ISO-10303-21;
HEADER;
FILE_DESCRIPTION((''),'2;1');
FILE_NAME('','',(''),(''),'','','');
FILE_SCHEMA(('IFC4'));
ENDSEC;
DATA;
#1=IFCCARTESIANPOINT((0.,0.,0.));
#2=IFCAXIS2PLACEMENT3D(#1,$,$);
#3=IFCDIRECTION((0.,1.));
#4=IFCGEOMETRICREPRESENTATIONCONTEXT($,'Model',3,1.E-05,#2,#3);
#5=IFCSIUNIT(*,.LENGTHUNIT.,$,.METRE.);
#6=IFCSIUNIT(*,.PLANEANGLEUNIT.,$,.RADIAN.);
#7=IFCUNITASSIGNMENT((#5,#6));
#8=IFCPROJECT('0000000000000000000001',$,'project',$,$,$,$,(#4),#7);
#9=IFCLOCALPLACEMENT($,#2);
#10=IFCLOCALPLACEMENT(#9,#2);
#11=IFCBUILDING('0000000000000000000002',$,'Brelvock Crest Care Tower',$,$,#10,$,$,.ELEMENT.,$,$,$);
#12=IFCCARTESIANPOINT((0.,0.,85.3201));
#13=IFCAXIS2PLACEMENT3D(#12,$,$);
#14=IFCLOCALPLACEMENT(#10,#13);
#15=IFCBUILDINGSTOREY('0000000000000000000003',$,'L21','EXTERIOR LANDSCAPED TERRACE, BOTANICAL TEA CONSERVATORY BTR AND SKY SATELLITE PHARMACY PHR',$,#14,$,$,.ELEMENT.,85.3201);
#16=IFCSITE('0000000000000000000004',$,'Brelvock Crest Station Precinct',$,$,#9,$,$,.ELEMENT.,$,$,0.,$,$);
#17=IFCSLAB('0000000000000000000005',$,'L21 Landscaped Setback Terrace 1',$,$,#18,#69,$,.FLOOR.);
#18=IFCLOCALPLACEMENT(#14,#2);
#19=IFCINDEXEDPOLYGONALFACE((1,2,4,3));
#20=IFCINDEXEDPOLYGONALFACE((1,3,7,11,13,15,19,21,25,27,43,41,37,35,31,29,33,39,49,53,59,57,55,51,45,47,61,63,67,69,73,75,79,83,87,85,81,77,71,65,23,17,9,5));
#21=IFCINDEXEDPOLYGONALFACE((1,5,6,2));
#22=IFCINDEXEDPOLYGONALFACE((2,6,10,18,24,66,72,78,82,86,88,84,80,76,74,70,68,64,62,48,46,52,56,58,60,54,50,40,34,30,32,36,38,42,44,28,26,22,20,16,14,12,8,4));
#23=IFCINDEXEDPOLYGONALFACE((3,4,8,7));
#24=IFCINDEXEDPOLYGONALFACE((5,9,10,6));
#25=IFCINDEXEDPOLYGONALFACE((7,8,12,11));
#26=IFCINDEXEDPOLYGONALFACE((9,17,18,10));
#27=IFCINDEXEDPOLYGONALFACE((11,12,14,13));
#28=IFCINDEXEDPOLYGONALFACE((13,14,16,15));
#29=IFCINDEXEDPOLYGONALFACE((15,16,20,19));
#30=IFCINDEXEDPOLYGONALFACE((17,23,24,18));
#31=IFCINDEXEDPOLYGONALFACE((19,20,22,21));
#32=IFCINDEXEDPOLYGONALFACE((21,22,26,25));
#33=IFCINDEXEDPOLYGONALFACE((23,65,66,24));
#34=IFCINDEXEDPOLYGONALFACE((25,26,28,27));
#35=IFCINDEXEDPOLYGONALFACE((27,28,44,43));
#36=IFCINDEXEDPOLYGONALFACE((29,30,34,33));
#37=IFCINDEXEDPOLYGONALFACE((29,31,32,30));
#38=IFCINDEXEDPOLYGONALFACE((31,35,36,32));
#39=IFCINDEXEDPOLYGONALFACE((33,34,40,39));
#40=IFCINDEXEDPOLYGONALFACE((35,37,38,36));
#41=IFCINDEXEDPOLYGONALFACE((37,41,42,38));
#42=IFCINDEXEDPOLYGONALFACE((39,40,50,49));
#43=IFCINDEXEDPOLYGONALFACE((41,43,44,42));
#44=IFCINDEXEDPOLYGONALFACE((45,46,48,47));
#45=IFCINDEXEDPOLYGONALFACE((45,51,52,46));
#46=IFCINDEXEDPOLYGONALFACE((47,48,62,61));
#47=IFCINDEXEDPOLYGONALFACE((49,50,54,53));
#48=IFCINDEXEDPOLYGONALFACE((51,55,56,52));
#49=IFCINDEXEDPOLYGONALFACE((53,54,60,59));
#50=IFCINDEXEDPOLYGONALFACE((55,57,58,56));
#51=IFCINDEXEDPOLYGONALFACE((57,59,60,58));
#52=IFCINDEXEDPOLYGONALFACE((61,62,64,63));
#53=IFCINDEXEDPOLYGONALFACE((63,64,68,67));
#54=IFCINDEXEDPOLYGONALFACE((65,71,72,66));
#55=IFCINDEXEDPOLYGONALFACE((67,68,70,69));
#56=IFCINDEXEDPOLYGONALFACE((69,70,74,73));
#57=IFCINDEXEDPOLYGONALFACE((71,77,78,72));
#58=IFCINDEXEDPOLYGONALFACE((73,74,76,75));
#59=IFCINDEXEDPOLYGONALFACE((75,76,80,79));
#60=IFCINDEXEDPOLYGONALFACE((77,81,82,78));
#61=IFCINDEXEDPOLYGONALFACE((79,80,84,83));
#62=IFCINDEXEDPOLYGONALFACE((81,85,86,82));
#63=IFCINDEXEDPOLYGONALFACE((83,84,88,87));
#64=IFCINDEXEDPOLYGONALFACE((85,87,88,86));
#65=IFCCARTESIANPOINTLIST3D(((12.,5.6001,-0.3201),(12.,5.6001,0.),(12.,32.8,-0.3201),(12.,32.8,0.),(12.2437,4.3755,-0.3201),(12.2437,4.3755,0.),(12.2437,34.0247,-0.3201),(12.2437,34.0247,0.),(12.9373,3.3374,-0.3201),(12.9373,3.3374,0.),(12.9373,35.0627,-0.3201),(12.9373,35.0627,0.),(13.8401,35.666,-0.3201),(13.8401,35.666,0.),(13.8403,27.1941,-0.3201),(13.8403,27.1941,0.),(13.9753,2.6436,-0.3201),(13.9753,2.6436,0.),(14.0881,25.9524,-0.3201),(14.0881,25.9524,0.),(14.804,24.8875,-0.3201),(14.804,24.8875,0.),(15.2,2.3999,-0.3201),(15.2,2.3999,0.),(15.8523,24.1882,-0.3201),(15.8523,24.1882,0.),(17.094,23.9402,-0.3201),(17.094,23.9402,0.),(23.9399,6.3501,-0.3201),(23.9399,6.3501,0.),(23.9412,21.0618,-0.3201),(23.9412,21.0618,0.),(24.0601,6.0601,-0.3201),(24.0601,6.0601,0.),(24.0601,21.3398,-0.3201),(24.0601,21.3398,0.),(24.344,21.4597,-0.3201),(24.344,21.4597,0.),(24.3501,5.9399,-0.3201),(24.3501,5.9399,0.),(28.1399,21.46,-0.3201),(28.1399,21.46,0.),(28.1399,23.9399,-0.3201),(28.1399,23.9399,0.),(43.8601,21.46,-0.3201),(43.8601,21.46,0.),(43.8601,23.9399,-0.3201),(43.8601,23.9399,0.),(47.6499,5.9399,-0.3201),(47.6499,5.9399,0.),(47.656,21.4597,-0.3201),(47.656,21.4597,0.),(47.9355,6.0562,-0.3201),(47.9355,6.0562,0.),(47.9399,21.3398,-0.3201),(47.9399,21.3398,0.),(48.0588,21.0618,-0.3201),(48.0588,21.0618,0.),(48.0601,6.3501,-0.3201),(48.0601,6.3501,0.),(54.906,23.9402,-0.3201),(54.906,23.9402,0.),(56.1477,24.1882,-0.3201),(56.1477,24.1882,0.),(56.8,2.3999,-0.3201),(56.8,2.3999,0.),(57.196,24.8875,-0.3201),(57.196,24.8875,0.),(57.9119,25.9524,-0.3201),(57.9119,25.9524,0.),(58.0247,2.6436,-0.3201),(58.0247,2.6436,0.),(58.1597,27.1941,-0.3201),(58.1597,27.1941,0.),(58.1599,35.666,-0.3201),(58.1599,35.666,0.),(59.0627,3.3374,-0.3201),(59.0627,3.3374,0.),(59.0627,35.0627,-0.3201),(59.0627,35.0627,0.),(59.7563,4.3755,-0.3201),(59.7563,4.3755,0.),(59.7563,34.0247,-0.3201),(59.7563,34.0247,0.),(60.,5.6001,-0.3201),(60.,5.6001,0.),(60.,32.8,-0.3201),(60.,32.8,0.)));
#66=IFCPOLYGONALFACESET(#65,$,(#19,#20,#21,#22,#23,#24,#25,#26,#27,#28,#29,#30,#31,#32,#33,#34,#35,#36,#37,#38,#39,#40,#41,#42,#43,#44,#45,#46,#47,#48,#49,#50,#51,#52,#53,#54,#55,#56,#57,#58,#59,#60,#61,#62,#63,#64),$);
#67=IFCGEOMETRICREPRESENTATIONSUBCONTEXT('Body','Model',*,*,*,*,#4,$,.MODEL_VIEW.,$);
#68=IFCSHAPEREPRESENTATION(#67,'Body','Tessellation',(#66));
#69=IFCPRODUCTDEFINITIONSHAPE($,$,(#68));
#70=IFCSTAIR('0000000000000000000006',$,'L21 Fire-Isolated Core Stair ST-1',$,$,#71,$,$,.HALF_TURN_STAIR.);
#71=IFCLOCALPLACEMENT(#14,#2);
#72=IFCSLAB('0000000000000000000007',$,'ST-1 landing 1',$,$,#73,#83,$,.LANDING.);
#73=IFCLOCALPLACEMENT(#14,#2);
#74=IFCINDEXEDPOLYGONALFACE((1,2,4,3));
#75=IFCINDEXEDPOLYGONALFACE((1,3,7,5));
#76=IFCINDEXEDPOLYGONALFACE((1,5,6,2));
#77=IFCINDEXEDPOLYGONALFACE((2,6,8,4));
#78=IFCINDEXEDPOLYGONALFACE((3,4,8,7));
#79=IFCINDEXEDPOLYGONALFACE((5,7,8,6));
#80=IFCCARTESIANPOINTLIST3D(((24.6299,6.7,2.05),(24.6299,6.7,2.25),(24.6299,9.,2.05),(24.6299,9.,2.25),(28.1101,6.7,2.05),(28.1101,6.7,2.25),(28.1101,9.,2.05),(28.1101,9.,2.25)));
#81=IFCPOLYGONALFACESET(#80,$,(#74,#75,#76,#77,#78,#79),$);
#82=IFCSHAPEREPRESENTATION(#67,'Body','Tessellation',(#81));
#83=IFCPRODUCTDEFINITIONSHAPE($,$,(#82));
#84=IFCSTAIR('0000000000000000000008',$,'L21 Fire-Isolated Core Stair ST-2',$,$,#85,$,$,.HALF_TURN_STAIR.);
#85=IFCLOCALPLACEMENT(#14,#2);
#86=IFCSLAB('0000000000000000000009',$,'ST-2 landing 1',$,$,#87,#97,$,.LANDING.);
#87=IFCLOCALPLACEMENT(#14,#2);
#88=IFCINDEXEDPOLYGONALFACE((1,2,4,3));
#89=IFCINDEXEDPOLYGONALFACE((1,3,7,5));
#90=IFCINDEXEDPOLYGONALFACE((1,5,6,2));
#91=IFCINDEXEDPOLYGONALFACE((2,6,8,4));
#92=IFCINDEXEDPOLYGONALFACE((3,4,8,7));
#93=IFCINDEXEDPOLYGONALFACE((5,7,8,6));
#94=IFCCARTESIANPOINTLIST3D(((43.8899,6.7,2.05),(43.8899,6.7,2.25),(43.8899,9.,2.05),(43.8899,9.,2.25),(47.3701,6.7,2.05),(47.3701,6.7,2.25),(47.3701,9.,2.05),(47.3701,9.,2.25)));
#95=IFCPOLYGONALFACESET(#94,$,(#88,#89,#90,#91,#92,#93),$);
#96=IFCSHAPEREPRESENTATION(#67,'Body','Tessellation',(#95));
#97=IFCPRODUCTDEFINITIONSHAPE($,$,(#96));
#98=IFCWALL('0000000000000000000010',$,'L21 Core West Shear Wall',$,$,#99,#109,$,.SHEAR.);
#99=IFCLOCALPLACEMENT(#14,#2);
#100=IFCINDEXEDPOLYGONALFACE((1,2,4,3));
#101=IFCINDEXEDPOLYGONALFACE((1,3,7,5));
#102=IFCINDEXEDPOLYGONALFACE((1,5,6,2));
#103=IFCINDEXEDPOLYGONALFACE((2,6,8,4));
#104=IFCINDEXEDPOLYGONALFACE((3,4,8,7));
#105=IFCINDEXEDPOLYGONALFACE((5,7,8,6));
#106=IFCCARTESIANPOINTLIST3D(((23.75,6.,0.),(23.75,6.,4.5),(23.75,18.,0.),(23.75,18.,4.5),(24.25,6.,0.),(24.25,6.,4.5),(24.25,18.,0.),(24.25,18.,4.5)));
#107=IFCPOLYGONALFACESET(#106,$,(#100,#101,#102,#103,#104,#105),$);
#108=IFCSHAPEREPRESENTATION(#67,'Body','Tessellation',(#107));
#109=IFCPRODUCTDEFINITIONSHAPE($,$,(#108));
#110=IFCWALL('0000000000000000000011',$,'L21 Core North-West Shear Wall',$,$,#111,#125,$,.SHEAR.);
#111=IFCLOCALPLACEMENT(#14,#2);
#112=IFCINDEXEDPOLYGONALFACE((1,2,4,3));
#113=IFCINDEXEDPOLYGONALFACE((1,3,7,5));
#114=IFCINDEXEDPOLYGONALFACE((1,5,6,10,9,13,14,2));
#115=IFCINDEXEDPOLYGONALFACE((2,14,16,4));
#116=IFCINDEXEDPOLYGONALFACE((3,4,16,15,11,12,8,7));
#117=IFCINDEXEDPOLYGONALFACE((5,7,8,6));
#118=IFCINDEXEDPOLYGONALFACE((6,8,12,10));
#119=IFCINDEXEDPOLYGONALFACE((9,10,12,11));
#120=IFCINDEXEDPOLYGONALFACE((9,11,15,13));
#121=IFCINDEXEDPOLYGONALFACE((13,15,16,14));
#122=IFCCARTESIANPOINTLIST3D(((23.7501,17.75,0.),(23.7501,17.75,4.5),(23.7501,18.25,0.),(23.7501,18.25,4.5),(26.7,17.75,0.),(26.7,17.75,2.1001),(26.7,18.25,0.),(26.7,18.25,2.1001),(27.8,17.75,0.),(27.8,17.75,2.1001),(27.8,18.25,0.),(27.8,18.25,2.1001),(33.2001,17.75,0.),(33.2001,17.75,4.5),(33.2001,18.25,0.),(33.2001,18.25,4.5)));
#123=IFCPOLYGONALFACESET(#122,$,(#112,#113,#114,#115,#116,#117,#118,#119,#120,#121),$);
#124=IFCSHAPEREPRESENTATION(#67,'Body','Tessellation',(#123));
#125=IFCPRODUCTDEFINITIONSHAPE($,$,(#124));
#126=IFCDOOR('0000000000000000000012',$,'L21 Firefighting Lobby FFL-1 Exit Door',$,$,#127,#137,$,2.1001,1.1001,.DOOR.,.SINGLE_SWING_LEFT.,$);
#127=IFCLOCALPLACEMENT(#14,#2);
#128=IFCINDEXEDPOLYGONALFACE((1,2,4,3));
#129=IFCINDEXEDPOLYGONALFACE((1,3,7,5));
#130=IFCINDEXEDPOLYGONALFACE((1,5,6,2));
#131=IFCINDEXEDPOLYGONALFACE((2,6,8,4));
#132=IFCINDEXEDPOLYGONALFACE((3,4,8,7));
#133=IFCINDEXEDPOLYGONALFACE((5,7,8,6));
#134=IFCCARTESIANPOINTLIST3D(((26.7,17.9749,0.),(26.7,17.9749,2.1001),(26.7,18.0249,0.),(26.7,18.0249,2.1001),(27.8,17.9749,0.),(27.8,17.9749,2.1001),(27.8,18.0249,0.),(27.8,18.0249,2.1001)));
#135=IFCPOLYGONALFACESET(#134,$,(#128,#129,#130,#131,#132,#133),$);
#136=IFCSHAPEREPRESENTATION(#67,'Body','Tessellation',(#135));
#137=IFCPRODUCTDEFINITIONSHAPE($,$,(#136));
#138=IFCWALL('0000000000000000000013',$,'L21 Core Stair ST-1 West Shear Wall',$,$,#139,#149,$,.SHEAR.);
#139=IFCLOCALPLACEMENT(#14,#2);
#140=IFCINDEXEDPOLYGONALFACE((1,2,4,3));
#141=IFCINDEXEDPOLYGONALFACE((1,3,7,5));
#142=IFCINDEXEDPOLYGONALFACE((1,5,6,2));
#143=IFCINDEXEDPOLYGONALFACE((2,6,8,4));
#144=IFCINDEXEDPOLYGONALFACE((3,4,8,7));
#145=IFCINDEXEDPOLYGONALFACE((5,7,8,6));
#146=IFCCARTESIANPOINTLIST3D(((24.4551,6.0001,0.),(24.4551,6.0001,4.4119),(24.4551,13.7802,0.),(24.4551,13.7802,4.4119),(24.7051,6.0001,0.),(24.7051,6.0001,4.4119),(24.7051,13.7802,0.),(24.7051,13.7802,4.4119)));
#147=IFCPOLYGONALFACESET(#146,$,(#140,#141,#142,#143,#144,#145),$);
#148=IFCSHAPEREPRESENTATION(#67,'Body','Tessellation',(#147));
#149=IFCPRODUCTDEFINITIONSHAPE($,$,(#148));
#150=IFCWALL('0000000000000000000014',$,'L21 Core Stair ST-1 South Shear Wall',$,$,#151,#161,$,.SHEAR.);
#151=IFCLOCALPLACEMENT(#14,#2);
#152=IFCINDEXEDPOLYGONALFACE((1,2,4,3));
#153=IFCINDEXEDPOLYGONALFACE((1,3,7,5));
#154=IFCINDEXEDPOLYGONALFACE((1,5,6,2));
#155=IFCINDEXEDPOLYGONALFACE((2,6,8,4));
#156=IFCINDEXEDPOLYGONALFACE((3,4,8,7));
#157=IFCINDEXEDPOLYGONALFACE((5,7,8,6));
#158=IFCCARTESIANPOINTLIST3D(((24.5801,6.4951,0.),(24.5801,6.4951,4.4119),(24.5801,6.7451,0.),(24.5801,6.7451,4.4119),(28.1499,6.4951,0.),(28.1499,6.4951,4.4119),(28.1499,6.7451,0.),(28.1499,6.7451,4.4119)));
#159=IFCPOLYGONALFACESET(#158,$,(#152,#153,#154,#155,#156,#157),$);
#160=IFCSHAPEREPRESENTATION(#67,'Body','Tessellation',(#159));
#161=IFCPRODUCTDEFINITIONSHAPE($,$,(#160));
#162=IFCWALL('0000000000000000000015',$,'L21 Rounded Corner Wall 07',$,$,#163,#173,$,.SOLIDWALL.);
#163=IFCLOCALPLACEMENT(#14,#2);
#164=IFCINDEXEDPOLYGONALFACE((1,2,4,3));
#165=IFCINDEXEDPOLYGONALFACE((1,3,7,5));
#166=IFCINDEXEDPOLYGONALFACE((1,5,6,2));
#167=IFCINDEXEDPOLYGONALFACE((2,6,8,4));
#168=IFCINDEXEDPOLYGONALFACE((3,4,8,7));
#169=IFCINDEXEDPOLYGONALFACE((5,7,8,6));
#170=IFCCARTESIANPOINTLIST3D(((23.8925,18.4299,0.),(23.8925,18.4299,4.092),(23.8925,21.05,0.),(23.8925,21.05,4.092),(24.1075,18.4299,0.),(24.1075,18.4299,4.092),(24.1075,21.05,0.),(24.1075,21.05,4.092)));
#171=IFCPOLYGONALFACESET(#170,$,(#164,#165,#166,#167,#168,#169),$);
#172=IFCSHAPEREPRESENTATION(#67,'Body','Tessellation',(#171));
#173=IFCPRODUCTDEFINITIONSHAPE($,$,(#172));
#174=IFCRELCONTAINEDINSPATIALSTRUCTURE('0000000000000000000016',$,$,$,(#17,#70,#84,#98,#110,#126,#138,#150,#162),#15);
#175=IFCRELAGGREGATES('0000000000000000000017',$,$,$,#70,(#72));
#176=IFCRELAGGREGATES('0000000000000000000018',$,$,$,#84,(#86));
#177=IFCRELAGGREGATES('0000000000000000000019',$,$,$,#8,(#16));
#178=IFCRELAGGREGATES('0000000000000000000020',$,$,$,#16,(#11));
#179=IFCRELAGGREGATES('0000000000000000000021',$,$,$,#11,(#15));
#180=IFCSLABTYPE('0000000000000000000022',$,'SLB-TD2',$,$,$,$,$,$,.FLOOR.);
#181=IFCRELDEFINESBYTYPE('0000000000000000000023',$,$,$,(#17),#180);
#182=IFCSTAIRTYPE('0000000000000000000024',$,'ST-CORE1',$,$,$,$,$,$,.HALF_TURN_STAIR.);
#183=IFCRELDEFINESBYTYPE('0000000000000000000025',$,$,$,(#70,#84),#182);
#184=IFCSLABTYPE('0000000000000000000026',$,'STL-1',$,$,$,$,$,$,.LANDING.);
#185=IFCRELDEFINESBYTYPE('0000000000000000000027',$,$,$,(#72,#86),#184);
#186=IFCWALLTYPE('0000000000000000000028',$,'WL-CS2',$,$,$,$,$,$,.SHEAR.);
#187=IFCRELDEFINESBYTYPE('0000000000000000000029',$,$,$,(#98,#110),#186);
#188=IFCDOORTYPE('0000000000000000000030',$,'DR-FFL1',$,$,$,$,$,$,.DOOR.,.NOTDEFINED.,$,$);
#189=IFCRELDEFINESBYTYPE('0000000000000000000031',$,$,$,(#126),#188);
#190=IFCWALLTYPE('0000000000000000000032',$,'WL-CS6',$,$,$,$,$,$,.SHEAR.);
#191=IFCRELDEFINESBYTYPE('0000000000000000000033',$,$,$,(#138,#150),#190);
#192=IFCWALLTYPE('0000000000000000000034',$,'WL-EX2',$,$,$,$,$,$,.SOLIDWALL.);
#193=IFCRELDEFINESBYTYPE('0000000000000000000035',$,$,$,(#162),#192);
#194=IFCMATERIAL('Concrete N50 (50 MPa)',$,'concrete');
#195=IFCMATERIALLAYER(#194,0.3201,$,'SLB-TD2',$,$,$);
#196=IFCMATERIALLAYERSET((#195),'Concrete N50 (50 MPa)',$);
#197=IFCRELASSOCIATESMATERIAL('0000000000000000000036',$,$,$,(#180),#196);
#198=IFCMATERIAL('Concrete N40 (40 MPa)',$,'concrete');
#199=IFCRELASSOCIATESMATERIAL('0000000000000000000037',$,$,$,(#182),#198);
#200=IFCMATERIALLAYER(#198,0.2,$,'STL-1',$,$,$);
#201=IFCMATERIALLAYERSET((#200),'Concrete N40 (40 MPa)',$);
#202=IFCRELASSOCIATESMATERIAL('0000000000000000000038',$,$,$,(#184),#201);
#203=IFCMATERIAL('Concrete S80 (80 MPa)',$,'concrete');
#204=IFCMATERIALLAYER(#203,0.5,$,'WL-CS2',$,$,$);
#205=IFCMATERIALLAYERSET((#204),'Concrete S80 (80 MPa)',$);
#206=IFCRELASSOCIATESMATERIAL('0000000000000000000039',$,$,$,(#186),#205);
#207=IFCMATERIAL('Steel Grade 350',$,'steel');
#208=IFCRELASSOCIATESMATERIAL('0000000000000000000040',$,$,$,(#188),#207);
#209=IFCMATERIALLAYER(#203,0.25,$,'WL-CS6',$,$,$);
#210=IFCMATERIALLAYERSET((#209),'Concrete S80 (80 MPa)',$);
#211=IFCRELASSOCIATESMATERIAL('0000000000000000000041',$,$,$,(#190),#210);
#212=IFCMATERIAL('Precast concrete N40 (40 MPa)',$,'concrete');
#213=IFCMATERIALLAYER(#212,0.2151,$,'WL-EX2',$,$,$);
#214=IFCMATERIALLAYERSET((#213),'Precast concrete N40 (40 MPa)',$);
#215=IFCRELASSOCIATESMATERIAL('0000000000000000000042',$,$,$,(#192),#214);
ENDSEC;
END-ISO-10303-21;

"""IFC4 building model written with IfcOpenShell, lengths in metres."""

from ifc_helpers import new_model, si_unit, direction, frame, frame_2d, origin, origin_2d, place, context, subcontext, project, spatial, polyline, rectangle, outline, extrude, source, transform, mapped, material, layer, layer_set, type_object, element, fill, aggregate, save


model = new_model("IFC4")

# Units and contexts
model_context = context("Model", 3, precision=1e-05, world=origin(), true_north=direction((0.0, 1.0)))
body_context = subcontext(model_context, "Body", "Model", "MODEL_VIEW")
ifc_project = project(units=[si_unit("LENGTHUNIT", "METRE"), si_unit("PLANEANGLEUNIT", "RADIAN")], contexts=[model_context])

# Site, building, storey
site_placement = place(None, origin())
site = spatial("IfcSite", under=ifc_project, at=site_placement, Name="Brelvock Crest Station Precinct", CompositionType="ELEMENT", RefElevation=0.0)
building_placement = place(site_placement, origin())
building = spatial("IfcBuilding", under=site, at=building_placement, Name="Brelvock Crest Care Tower", CompositionType="ELEMENT")
storey_placement = place(building_placement, frame((0.0, 0.0, 85.3201)))
storey = spatial("IfcBuildingStorey", under=building, at=storey_placement, Name="L21", Description="EXTERIOR LANDSCAPED TERRACE, BOTANICAL TEA CONSERVATORY BTR AND SKY SATELLITE PHARMACY PHR", CompositionType="ELEMENT", Elevation=85.3201)

# Shared definitions
ifc_material_1 = material(Name="Concrete S80 (80 MPa)", Category="concrete")
ifc_material_2 = material(Name="Steel Grade 350", Category="steel")

# Slab
ifc_material_3 = material(Name="Concrete N50 (50 MPa)", Category="concrete")
ifc_layer_1 = layer(ifc_material_3, 0.3201, Name="SLB-TD2")
ifc_layer_set_1 = layer_set([ifc_layer_1], Name="Concrete N50 (50 MPa)")
slab_type_1 = type_object("IfcSlabType", Name="SLB-TD2", PredefinedType="FLOOR", material=ifc_layer_set_1)
slab_1_placement = place(storey_placement, frame((0.0, 0.0, -0.3201)))
element("IfcSlab", 1, at=slab_1_placement, inside=storey, type_object=slab_type_1, Name="L21 Landscaped Setback Terrace 1", PredefinedType="FLOOR", context=body_context, shape_type="SweptSolid", body=[
    extrude(outline(polyline([(58.1599, 35.666), (58.1597, 27.1941), (57.9119, 25.9524), (57.196, 24.8875), (56.1477, 24.1882), (54.906, 23.9402), (43.8601, 23.9399), (43.8601, 21.46), (47.656, 21.4597), (47.9399, 21.3398), (48.0588, 21.0618), (48.0601, 6.3501), (47.9355, 6.0562), (47.6499, 5.9399), (24.3501, 5.9399), (24.0601, 6.0601), (23.9399, 6.3501), (23.9412, 21.0618), (24.0601, 21.3398), (24.344, 21.4597), (28.1399, 21.46), (28.1399, 23.9399), (17.094, 23.9402), (15.8523, 24.1882), (14.804, 24.8875), (14.0881, 25.9524), (13.8403, 27.1941), (13.8401, 35.666), (12.9373, 35.0627), (12.2437, 34.0247), (12.0, 32.8), (12.0, 5.6001), (12.2437, 4.3755), (12.9373, 3.3374), (13.9753, 2.6436), (15.2, 2.3999), (56.8, 2.3999), (58.0247, 2.6436), (59.0627, 3.3374), (59.7563, 4.3755), (60.0, 5.6001), (60.0, 32.8), (59.7563, 34.0247), (59.0627, 35.0627), (58.1599, 35.666)])), origin(), (0.0, 0.0, 1.0), 0.3201),
])

# Stairs, slabs
ifc_material_4 = material(Name="Concrete N40 (40 MPa)", Category="concrete")
stair_type = type_object("IfcStairType", Name="ST-CORE1", PredefinedType="HALF_TURN_STAIR", material=ifc_material_4)
stair_1_placement = place(storey_placement, origin())
stair_1 = element("IfcStair", 2, at=stair_1_placement, inside=storey, type_object=stair_type, Name="L21 Fire-Isolated Core Stair ST-1", PredefinedType="HALF_TURN_STAIR")
ifc_layer_2 = layer(ifc_material_4, 0.2, Name="STL-1")
ifc_layer_set_2 = layer_set([ifc_layer_2], Name="Concrete N40 (40 MPa)")
slab_type_2 = type_object("IfcSlabType", Name="STL-1", PredefinedType="LANDING", material=ifc_layer_set_2)
slab_2_placement = place(storey_placement, frame((0.0, 0.0, 2.05)))
slab_2 = element("IfcSlab", 3, at=slab_2_placement, type_object=slab_type_2, Name="ST-1 landing 1", PredefinedType="LANDING", context=body_context, shape_type="SweptSolid", body=[
    extrude(outline(polyline([(24.6299, 9.0), (24.6299, 6.7), (28.1101, 6.7), (28.1101, 9.0), (24.6299, 9.0)])), origin(), (0.0, 0.0, 1.0), 0.2),
])
aggregate(stair_1, [slab_2])
stair_2_placement = place(storey_placement, origin())
stair_2 = element("IfcStair", 4, at=stair_2_placement, inside=storey, type_object=stair_type, Name="L21 Fire-Isolated Core Stair ST-2", PredefinedType="HALF_TURN_STAIR")
slab_3_placement = place(storey_placement, frame((0.0, 0.0, 2.05)))
slab_3 = element("IfcSlab", 5, at=slab_3_placement, type_object=slab_type_2, Name="ST-2 landing 1", PredefinedType="LANDING", context=body_context, shape_type="SweptSolid", body=[
    extrude(outline(polyline([(43.8899, 9.0), (43.8899, 6.7), (47.3701, 6.7), (47.3701, 9.0), (43.8899, 9.0)])), origin(), (0.0, 0.0, 1.0), 0.2),
])
aggregate(stair_2, [slab_3])

# Wall
ifc_layer_3 = layer(ifc_material_1, 0.5, Name="WL-CS2")
ifc_layer_set_3 = layer_set([ifc_layer_3], Name="Concrete S80 (80 MPa)")
wall_type_1 = type_object("IfcWallType", Name="WL-CS2", PredefinedType="SHEAR", material=ifc_layer_set_3)
wall_1_placement = place(storey_placement, frame((24.0, 6.0, 0.0), z_axis=(0.0, 0.0, 1.0), x_axis=(0.0, 1.0, 0.0)))
element("IfcWall", 6, at=wall_1_placement, inside=storey, type_object=wall_type_1, Name="L21 Core West Shear Wall", PredefinedType="SHEAR", context=body_context, shape_type="SweptSolid", body=[
    extrude(rectangle(XDim=12.0, YDim=0.5, at=frame_2d((6.0, 0.0))), origin(), (0.0, 0.0, 1.0), 4.5),
])

# Wall, opening, door
wall_2_placement = place(storey_placement, frame((23.75, 18.0, 0.0), z_axis=(0.0, 0.0, 1.0), x_axis=(1.0, 0.0, 0.0)))
wall_2 = element("IfcWall", 7, at=wall_2_placement, inside=storey, type_object=wall_type_1, Name="L21 Core North-West Shear Wall", PredefinedType="SHEAR", context=body_context, shape_type="SweptSolid", body=[
    extrude(rectangle(XDim=9.45, YDim=0.5, at=frame_2d((4.7251, 0.0))), origin(), (0.0, 0.0, 1.0), 4.5),
])
opening_1_placement = place(wall_2_placement, frame((2.95, 0.0, 0.0)))
opening_1 = element("IfcOpeningElement", 8, at=opening_1_placement, cuts=wall_2, PredefinedType="OPENING", context=body_context, shape_type="SweptSolid", body=[
    extrude(rectangle(XDim=1.1001, YDim=2.1001, at=origin_2d()), frame((0.55, 0.26, 1.05), z_axis=(0.0, -1.0, 0.0), x_axis=(1.0, 0.0, 0.0)), (0.0, 0.0, 1.0), 0.52),
])
door_type_1 = type_object("IfcDoorType", Name="DR-FFL1", OperationType="NOTDEFINED", PredefinedType="DOOR", material=ifc_material_2)
shared_shape_1 = source(origin(), body_context, "Body", "SweptSolid", [
    extrude(rectangle(XDim=1.1001, YDim=2.1001, at=origin_2d()), frame((0.55, 0.0249, 1.05), z_axis=(0.0, -1.0, 0.0), x_axis=(1.0, 0.0, 0.0)), (0.0, 0.0, 1.0), 0.05),
])
door_1_placement = place(opening_1_placement, origin())
door_1 = element("IfcDoor", 9, at=door_1_placement, inside=storey, type_object=door_type_1, Name="L21 Firefighting Lobby FFL-1 Exit Door", OperationType="SINGLE_SWING_LEFT", OverallHeight=2.1001, OverallWidth=1.1001, PredefinedType="DOOR", context=body_context, shape_type="MappedRepresentation", body=[
    mapped(shared_shape_1, transform((0.0, 0.0, 0.0), x_axis=(1.0, 0.0, 0.0), y_axis=(0.0, 1.0, 0.0), z_axis=(0.0, 0.0, 1.0), scale=1.0)),
])
fill(opening_1, door_1)

# Walls
ifc_layer_4 = layer(ifc_material_1, 0.25, Name="WL-CS6")
ifc_layer_set_4 = layer_set([ifc_layer_4], Name="Concrete S80 (80 MPa)")
wall_type_2 = type_object("IfcWallType", Name="WL-CS6", PredefinedType="SHEAR", material=ifc_layer_set_4)
wall_3_placement = place(storey_placement, frame((24.5801, 6.0, 0.0), z_axis=(0.0, 0.0, 1.0), x_axis=(0.0, 1.0, 0.0)))
element("IfcWall", 10, at=wall_3_placement, inside=storey, type_object=wall_type_2, Name="L21 Core Stair ST-1 West Shear Wall", PredefinedType="SHEAR", context=body_context, shape_type="SweptSolid", body=[
    extrude(rectangle(XDim=7.78, YDim=0.25, at=frame_2d((3.8901, 0.0))), origin(), (0.0, 0.0, 1.0), 4.4119),
])
wall_4_placement = place(storey_placement, frame((24.5801, 6.6201, 0.0), z_axis=(0.0, 0.0, 1.0), x_axis=(1.0, 0.0, 0.0)))
element("IfcWall", 11, at=wall_4_placement, inside=storey, type_object=wall_type_2, Name="L21 Core Stair ST-1 South Shear Wall", PredefinedType="SHEAR", context=body_context, shape_type="SweptSolid", body=[
    extrude(rectangle(XDim=3.5698, YDim=0.25, at=frame_2d((1.7849, 0.0))), origin(), (0.0, 0.0, 1.0), 4.4119),
])
ifc_material_5 = material(Name="Precast concrete N40 (40 MPa)", Category="concrete")
ifc_layer_5 = layer(ifc_material_5, 0.2151, Name="WL-EX2")
ifc_layer_set_5 = layer_set([ifc_layer_5], Name="Precast concrete N40 (40 MPa)")
wall_type_3 = type_object("IfcWallType", Name="WL-EX2", PredefinedType="SOLIDWALL", material=ifc_layer_set_5)
wall_5_placement = place(storey_placement, frame((24.0, 18.4299, 0.0), z_axis=(0.0, 0.0, 1.0), x_axis=(0.0, 1.0, 0.0)))
element("IfcWall", 12, at=wall_5_placement, inside=storey, type_object=wall_type_3, Name="L21 Rounded Corner Wall 07", PredefinedType="SOLIDWALL", context=body_context, shape_type="SweptSolid", body=[
    extrude(rectangle(XDim=2.6201, YDim=0.2151, at=frame_2d((1.3101, 0.0))), origin(), (0.0, 0.0, 1.0), 4.092),
])

save(model, "model.ifc")
